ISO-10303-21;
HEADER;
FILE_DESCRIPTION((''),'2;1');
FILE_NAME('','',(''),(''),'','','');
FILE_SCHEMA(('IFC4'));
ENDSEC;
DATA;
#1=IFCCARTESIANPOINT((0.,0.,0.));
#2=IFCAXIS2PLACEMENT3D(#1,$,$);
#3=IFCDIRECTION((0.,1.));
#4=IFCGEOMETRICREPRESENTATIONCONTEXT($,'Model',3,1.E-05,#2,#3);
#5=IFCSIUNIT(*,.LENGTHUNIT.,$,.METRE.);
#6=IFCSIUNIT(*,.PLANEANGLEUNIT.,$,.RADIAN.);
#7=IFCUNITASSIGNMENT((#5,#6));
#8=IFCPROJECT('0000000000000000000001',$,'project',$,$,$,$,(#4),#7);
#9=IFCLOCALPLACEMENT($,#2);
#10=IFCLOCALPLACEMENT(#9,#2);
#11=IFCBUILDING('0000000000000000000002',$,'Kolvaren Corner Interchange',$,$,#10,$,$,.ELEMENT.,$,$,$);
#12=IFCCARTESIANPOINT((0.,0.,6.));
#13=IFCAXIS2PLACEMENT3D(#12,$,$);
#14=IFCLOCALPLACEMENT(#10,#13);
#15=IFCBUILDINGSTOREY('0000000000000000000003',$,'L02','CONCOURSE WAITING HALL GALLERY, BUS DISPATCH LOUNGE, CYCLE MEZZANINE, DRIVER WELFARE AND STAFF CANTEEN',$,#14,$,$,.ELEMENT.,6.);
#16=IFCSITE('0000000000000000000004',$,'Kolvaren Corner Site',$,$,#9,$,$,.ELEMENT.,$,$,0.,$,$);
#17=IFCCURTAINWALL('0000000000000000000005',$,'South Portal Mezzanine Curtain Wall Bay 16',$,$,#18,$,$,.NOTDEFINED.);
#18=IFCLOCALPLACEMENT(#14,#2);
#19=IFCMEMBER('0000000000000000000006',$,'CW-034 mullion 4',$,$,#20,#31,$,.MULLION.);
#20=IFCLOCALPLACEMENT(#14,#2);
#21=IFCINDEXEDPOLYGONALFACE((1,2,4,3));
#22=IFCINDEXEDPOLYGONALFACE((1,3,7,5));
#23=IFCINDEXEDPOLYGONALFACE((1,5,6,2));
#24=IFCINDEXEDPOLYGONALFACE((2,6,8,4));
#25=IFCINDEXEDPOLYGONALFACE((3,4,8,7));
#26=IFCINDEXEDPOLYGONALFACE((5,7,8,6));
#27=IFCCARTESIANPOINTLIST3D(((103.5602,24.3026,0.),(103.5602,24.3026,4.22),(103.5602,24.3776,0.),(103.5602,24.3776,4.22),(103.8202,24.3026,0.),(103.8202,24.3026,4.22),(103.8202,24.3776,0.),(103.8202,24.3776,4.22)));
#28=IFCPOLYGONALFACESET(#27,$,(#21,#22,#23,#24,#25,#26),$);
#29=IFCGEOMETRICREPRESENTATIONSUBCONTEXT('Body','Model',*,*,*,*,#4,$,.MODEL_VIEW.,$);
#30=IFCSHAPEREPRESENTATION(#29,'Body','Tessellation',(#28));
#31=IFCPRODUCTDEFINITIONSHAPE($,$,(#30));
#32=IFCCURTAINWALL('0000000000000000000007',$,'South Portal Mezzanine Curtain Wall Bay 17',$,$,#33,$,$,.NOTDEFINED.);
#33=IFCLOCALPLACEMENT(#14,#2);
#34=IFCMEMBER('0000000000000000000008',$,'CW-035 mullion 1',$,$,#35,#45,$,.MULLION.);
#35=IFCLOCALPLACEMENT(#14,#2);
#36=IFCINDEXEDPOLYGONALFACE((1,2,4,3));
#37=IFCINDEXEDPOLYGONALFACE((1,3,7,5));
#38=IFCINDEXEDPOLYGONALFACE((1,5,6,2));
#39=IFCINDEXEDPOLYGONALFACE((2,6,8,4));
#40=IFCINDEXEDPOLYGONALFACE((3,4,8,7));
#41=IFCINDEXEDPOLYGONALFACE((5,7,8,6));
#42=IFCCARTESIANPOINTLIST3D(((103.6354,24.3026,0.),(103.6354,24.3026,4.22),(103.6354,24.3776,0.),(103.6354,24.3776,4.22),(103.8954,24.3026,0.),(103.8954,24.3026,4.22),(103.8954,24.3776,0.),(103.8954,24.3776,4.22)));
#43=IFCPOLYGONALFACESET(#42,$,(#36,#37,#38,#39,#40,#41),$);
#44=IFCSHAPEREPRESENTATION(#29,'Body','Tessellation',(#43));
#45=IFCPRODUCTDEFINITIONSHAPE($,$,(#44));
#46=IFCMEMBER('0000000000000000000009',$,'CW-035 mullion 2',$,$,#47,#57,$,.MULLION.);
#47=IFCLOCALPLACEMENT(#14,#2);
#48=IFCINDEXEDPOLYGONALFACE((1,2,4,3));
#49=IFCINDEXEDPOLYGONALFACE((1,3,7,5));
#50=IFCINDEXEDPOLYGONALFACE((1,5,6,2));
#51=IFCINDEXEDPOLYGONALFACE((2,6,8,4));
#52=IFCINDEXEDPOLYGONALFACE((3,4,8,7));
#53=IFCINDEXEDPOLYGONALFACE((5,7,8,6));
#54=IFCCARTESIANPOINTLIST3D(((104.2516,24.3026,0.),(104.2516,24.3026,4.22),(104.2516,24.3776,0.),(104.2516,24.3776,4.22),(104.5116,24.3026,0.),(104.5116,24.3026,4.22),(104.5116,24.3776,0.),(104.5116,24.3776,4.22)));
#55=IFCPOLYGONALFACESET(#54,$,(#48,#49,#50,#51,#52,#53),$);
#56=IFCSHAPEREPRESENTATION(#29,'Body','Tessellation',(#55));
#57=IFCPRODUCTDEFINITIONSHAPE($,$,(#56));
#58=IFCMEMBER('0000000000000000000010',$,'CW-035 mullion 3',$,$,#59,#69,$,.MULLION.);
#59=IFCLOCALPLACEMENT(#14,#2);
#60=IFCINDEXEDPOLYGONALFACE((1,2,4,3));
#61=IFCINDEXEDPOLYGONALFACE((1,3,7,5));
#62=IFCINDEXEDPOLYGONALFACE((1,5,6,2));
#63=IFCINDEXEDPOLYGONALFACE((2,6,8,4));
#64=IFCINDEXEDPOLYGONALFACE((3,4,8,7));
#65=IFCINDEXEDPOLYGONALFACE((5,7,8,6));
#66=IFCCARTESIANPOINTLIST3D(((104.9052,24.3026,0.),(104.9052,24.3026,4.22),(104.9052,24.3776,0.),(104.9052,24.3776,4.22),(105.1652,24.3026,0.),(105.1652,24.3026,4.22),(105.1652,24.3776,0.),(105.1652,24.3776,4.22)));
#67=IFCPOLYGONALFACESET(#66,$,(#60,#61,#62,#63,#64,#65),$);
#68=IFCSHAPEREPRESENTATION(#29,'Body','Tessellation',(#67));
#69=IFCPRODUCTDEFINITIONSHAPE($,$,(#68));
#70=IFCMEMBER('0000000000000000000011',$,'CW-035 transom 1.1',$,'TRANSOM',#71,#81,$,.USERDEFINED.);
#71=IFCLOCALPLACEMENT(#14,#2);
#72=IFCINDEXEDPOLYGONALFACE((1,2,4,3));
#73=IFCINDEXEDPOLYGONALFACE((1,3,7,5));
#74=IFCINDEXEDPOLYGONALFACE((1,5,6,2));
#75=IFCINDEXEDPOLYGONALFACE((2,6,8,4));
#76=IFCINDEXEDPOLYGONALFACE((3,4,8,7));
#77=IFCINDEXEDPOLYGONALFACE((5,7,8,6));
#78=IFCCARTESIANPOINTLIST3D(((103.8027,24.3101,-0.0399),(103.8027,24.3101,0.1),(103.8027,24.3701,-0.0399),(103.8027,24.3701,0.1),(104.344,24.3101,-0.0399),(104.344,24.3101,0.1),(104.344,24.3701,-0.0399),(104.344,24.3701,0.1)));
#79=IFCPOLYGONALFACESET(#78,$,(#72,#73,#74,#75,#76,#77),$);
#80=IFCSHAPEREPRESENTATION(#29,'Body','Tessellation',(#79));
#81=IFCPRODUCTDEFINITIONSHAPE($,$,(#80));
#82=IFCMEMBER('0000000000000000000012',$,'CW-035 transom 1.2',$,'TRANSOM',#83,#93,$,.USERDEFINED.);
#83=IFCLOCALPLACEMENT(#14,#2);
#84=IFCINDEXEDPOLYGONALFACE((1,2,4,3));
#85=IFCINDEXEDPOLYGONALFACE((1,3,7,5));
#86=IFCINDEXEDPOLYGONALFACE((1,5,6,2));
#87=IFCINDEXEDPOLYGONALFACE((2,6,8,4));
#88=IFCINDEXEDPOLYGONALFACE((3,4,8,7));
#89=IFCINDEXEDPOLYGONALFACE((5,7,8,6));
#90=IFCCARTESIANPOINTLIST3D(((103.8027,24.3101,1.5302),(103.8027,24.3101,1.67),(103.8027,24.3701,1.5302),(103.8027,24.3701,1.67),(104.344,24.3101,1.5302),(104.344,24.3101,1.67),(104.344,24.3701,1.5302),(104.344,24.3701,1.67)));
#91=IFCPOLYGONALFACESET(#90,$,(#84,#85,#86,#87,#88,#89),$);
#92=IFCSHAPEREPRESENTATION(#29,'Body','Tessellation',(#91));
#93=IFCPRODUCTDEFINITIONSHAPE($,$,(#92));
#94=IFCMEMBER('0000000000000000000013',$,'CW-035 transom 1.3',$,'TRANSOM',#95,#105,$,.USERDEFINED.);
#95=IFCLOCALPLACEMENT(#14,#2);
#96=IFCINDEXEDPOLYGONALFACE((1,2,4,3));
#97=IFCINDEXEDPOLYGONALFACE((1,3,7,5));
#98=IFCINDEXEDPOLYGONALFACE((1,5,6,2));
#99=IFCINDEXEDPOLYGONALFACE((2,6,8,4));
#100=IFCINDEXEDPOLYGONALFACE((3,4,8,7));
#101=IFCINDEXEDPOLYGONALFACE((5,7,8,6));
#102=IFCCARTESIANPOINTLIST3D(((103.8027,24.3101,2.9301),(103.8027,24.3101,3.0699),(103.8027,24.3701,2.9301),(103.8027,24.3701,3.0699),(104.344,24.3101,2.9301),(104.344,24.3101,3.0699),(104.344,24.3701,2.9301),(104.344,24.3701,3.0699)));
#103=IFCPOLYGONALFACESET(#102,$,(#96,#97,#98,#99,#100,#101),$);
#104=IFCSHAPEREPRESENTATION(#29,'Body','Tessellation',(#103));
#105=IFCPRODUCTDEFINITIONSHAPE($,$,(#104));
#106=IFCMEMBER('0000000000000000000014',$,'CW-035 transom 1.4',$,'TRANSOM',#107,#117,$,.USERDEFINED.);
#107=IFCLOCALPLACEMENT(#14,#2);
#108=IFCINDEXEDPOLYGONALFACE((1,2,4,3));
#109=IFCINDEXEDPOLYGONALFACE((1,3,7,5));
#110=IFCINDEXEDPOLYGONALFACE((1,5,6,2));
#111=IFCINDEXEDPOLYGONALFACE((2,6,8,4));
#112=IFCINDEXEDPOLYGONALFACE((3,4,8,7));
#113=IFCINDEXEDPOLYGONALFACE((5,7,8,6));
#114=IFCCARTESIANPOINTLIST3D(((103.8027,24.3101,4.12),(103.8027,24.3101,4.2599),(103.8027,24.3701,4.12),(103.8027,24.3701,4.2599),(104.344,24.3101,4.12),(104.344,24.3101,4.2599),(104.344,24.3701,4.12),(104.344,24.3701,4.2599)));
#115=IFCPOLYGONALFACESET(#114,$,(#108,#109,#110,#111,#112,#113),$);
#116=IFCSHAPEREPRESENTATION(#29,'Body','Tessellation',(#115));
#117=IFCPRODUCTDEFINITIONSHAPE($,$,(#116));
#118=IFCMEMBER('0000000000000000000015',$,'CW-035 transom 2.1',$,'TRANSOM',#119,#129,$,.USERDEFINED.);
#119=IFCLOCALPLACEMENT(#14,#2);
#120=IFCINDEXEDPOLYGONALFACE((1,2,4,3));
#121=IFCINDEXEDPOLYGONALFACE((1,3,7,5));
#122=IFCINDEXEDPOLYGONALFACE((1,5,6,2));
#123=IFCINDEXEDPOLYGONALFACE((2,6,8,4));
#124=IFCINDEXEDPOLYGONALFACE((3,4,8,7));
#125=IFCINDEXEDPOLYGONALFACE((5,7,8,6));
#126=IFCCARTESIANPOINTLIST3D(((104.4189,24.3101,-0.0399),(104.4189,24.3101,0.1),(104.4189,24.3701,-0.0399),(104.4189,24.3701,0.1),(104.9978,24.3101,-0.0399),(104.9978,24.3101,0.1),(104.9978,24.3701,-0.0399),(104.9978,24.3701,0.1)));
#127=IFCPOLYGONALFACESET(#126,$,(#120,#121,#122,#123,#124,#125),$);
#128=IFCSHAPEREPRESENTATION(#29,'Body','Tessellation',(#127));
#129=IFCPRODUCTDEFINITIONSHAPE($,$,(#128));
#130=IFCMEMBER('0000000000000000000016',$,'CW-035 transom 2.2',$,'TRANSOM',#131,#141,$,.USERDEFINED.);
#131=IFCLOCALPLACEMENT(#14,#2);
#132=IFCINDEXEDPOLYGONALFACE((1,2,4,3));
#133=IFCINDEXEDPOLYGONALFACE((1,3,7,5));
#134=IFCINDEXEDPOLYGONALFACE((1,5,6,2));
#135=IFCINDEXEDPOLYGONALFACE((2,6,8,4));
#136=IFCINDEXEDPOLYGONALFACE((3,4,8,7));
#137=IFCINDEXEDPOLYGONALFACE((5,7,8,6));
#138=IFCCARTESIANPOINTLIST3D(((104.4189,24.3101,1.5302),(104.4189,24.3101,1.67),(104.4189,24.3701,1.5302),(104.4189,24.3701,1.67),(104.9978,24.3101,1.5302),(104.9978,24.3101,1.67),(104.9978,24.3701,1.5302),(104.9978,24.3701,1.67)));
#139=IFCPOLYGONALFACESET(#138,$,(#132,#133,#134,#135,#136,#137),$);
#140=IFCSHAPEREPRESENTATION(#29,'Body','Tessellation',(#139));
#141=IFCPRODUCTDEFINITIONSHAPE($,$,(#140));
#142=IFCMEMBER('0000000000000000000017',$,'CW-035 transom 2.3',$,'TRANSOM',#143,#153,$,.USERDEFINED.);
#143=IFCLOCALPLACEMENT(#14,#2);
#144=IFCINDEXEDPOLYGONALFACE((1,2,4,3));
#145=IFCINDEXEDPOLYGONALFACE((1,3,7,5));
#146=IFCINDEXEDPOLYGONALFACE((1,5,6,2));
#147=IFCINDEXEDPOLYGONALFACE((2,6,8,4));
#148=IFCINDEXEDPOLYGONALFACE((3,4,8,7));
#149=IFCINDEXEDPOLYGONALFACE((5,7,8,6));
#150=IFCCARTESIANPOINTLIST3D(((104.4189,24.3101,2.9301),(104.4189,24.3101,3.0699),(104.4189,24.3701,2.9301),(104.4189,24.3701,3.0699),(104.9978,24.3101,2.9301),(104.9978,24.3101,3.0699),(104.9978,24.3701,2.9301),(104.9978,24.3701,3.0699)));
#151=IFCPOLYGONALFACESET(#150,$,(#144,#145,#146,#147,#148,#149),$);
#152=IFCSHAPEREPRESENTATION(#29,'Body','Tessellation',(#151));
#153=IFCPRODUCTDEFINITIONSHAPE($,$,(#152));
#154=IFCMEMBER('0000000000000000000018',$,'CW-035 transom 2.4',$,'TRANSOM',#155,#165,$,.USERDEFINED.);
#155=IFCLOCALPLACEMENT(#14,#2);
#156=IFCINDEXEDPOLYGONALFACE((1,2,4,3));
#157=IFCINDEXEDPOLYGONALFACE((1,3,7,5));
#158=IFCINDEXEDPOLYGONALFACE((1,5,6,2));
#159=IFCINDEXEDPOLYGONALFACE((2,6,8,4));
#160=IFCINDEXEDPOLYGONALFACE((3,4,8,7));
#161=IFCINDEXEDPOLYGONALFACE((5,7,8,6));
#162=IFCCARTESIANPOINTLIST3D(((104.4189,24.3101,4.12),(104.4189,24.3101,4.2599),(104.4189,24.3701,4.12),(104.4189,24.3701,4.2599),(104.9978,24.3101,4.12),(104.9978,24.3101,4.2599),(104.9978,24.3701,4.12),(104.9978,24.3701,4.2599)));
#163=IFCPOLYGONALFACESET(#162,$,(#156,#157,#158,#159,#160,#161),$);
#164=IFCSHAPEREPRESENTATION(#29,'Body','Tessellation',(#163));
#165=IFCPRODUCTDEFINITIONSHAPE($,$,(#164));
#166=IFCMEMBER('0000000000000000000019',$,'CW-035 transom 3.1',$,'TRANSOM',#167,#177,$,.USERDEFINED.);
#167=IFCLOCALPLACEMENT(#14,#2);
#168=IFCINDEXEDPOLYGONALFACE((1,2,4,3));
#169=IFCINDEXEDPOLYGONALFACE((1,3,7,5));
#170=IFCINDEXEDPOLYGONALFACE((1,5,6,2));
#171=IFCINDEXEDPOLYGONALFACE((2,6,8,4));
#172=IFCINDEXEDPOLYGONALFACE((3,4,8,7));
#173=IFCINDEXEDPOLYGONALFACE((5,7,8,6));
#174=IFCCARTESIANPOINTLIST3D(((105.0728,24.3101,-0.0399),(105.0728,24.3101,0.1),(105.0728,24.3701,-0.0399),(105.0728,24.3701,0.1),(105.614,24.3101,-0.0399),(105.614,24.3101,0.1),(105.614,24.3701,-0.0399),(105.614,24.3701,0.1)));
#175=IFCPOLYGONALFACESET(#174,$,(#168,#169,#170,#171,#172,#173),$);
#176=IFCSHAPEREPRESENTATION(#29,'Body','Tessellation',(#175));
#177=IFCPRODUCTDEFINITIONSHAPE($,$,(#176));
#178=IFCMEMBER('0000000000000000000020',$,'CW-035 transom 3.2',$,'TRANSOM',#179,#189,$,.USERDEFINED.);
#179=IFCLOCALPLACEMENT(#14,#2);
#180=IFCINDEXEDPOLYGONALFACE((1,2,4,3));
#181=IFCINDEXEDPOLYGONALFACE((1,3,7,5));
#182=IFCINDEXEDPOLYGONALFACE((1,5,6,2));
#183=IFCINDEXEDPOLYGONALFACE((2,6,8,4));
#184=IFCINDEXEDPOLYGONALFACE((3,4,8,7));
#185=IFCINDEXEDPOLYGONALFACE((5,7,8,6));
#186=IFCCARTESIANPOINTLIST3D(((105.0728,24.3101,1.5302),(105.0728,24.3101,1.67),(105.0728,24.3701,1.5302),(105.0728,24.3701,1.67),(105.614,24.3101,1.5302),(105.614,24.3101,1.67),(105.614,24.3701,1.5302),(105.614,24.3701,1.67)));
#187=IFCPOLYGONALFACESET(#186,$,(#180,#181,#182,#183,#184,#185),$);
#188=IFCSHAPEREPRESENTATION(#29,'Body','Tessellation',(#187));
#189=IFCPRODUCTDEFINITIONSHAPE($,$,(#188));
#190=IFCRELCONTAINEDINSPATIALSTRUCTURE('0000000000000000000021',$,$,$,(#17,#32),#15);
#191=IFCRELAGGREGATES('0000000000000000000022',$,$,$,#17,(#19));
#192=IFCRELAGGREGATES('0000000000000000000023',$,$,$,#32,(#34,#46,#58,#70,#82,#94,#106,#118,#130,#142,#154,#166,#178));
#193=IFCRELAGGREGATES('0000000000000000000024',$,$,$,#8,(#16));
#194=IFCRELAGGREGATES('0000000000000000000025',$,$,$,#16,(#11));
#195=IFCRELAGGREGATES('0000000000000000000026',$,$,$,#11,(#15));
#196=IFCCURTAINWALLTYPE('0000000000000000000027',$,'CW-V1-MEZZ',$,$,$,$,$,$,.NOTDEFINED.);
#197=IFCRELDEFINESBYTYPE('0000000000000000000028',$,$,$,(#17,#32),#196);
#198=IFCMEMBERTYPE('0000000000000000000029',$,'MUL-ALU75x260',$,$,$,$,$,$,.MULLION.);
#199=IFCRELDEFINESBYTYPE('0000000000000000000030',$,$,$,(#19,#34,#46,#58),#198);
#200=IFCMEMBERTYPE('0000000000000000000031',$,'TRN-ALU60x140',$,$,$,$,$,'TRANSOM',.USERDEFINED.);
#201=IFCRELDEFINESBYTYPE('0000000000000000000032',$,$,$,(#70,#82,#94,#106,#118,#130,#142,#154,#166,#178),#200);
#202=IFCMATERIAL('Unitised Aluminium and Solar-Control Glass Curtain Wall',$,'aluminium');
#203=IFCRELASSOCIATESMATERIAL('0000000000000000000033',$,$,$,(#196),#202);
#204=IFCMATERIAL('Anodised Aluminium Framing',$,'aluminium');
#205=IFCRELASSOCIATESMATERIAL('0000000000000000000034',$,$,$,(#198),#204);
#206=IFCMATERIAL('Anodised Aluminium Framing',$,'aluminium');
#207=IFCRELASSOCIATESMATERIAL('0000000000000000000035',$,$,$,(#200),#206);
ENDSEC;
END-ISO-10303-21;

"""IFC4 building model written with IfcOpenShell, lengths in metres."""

from ifc_helpers import new_model, si_unit, direction, frame, origin, origin_2d, place, context, subcontext, project, spatial, rectangle, extrude, material, material_profile, profile_set, type_object, element, aggregate, save


model = new_model("IFC4")

# Units and contexts
model_context = context("Model", 3, precision=1e-05, world=origin(), true_north=direction((0.0, 1.0)))
body_context = subcontext(model_context, "Body", "Model", "MODEL_VIEW")
ifc_project = project(units=[si_unit("LENGTHUNIT", "METRE"), si_unit("PLANEANGLEUNIT", "RADIAN")], contexts=[model_context])

# Site, building, storey
site_placement = place(None, origin())
site = spatial("IfcSite", under=ifc_project, at=site_placement, Name="Kolvaren Corner Site", CompositionType="ELEMENT", RefElevation=0.0)
building_placement = place(site_placement, origin())
building = spatial("IfcBuilding", under=site, at=building_placement, Name="Kolvaren Corner Interchange", CompositionType="ELEMENT")
storey_placement = place(building_placement, frame((0.0, 0.0, 6.0)))
storey = spatial("IfcBuildingStorey", under=building, at=storey_placement, Name="L02", Description="CONCOURSE WAITING HALL GALLERY, BUS DISPATCH LOUNGE, CYCLE MEZZANINE, DRIVER WELFARE AND STAFF CANTEEN", CompositionType="ELEMENT", Elevation=6.0)

# Curtain wall, member
ifc_material_1 = material(Name="Unitised Aluminium and Solar-Control Glass Curtain Wall", Category="aluminium")
curtain_wall_type = type_object("IfcCurtainWallType", Name="CW-V1-MEZZ", PredefinedType="NOTDEFINED", material=ifc_material_1)
curtain_wall_1_placement = place(storey_placement, origin())
curtain_wall_1 = element("IfcCurtainWall", 1, at=curtain_wall_1_placement, inside=storey, type_object=curtain_wall_type, Name="South Portal Mezzanine Curtain Wall Bay 16", PredefinedType="NOTDEFINED")
ifc_material_2 = material(Name="Anodised Aluminium Framing", Category="aluminium")
ifc_material_profile_1 = material_profile(ifc_material_2, rectangle(XDim=0.075, YDim=0.26, at=origin_2d()), Name="ALU 75x260")
ifc_profile_set_1 = profile_set([ifc_material_profile_1], Name="Anodised Aluminium Framing")
member_type_1 = type_object("IfcMemberType", Name="MUL-ALU75x260", PredefinedType="MULLION", material=ifc_profile_set_1)
member_1_placement = place(storey_placement, frame((103.6902, 24.3401, 0.0), z_axis=(0.0, 0.0, 1.0), x_axis=(0.0, 1.0, 0.0)))
member_1 = element("IfcMember", 2, at=member_1_placement, type_object=member_type_1, Name="CW-034 mullion 4", PredefinedType="MULLION", context=body_context, shape_type="SweptSolid", body=[
    extrude(rectangle(XDim=0.075, YDim=0.26, at=origin_2d()), origin(), (0.0, 0.0, 1.0), 4.22),
])

# Curtain wall, members
curtain_wall_2_placement = place(storey_placement, origin())
curtain_wall_2 = element("IfcCurtainWall", 3, at=curtain_wall_2_placement, inside=storey, type_object=curtain_wall_type, Name="South Portal Mezzanine Curtain Wall Bay 17", PredefinedType="NOTDEFINED")
member_2_placement = place(storey_placement, frame((103.7654, 24.3401, 0.0), z_axis=(0.0, 0.0, 1.0), x_axis=(0.0, 1.0, 0.0)))
member_2 = element("IfcMember", 4, at=member_2_placement, type_object=member_type_1, Name="CW-035 mullion 1", PredefinedType="MULLION", context=body_context, shape_type="SweptSolid", body=[
    extrude(rectangle(XDim=0.075, YDim=0.26, at=origin_2d()), origin(), (0.0, 0.0, 1.0), 4.22),
])
member_3_placement = place(storey_placement, frame((104.3816, 24.3401, 0.0), z_axis=(0.0, 0.0, 1.0), x_axis=(0.0, 1.0, 0.0)))
member_3 = element("IfcMember", 5, at=member_3_placement, type_object=member_type_1, Name="CW-035 mullion 2", PredefinedType="MULLION", context=body_context, shape_type="SweptSolid", body=[
    extrude(rectangle(XDim=0.075, YDim=0.26, at=origin_2d()), origin(), (0.0, 0.0, 1.0), 4.22),
])
member_4_placement = place(storey_placement, frame((105.0352, 24.3401, 0.0), z_axis=(0.0, 0.0, 1.0), x_axis=(0.0, 1.0, 0.0)))
member_4 = element("IfcMember", 6, at=member_4_placement, type_object=member_type_1, Name="CW-035 mullion 3", PredefinedType="MULLION", context=body_context, shape_type="SweptSolid", body=[
    extrude(rectangle(XDim=0.075, YDim=0.26, at=origin_2d()), origin(), (0.0, 0.0, 1.0), 4.22),
])
ifc_material_3 = material(Name="Anodised Aluminium Framing", Category="aluminium")
ifc_material_profile_2 = material_profile(ifc_material_3, rectangle(XDim=0.0601, YDim=0.1399, at=origin_2d()), Name="ALU 60x140")
ifc_profile_set_2 = profile_set([ifc_material_profile_2], Name="Anodised Aluminium Framing")
member_type_2 = type_object("IfcMemberType", Name="TRN-ALU60x140", ElementType="TRANSOM", PredefinedType="USERDEFINED", material=ifc_profile_set_2)
member_5_placement = place(storey_placement, frame((103.8027, 24.3401, 0.03), z_axis=(1.0, 0.0, 0.0), x_axis=(0.0, 1.0, 0.0)))
member_5 = element("IfcMember", 7, at=member_5_placement, type_object=member_type_2, Name="CW-035 transom 1.1", ObjectType="TRANSOM", PredefinedType="USERDEFINED", context=body_context, shape_type="SweptSolid", body=[
    extrude(rectangle(XDim=0.0601, YDim=0.1399, at=origin_2d()), origin(), (0.0, 0.0, 1.0), 0.5413),
])
member_6_placement = place(storey_placement, frame((103.8027, 24.3401, 1.6001), z_axis=(1.0, 0.0, 0.0), x_axis=(0.0, 1.0, 0.0)))
member_6 = element("IfcMember", 8, at=member_6_placement, type_object=member_type_2, Name="CW-035 transom 1.2", ObjectType="TRANSOM", PredefinedType="USERDEFINED", context=body_context, shape_type="SweptSolid", body=[
    extrude(rectangle(XDim=0.0601, YDim=0.1399, at=origin_2d()), origin(), (0.0, 0.0, 1.0), 0.5413),
])
member_7_placement = place(storey_placement, frame((103.8027, 24.3401, 3.0), z_axis=(1.0, 0.0, 0.0), x_axis=(0.0, 1.0, 0.0)))
member_7 = element("IfcMember", 9, at=member_7_placement, type_object=member_type_2, Name="CW-035 transom 1.3", ObjectType="TRANSOM", PredefinedType="USERDEFINED", context=body_context, shape_type="SweptSolid", body=[
    extrude(rectangle(XDim=0.0601, YDim=0.1399, at=origin_2d()), origin(), (0.0, 0.0, 1.0), 0.5413),
])
member_8_placement = place(storey_placement, frame((103.8027, 24.3401, 4.1899), z_axis=(1.0, 0.0, 0.0), x_axis=(0.0, 1.0, 0.0)))
member_8 = element("IfcMember", 10, at=member_8_placement, type_object=member_type_2, Name="CW-035 transom 1.4", ObjectType="TRANSOM", PredefinedType="USERDEFINED", context=body_context, shape_type="SweptSolid", body=[
    extrude(rectangle(XDim=0.0601, YDim=0.1399, at=origin_2d()), origin(), (0.0, 0.0, 1.0), 0.5413),
])
member_9_placement = place(storey_placement, frame((104.4189, 24.3401, 0.03), z_axis=(1.0, 0.0, 0.0), x_axis=(0.0, 1.0, 0.0)))
member_9 = element("IfcMember", 11, at=member_9_placement, type_object=member_type_2, Name="CW-035 transom 2.1", ObjectType="TRANSOM", PredefinedType="USERDEFINED", context=body_context, shape_type="SweptSolid", body=[
    extrude(rectangle(XDim=0.0601, YDim=0.1399, at=origin_2d()), origin(), (0.0, 0.0, 1.0), 0.5789),
])
member_10_placement = place(storey_placement, frame((104.4189, 24.3401, 1.6001), z_axis=(1.0, 0.0, 0.0), x_axis=(0.0, 1.0, 0.0)))
member_10 = element("IfcMember", 12, at=member_10_placement, type_object=member_type_2, Name="CW-035 transom 2.2", ObjectType="TRANSOM", PredefinedType="USERDEFINED", context=body_context, shape_type="SweptSolid", body=[
    extrude(rectangle(XDim=0.0601, YDim=0.1399, at=origin_2d()), origin(), (0.0, 0.0, 1.0), 0.5789),
])
member_11_placement = place(storey_placement, frame((104.4189, 24.3401, 3.0), z_axis=(1.0, 0.0, 0.0), x_axis=(0.0, 1.0, 0.0)))
member_11 = element("IfcMember", 13, at=member_11_placement, type_object=member_type_2, Name="CW-035 transom 2.3", ObjectType="TRANSOM", PredefinedType="USERDEFINED", context=body_context, shape_type="SweptSolid", body=[
    extrude(rectangle(XDim=0.0601, YDim=0.1399, at=origin_2d()), origin(), (0.0, 0.0, 1.0), 0.5789),
])
member_12_placement = place(storey_placement, frame((104.4189, 24.3401, 4.1899), z_axis=(1.0, 0.0, 0.0), x_axis=(0.0, 1.0, 0.0)))
member_12 = element("IfcMember", 14, at=member_12_placement, type_object=member_type_2, Name="CW-035 transom 2.4", ObjectType="TRANSOM", PredefinedType="USERDEFINED", context=body_context, shape_type="SweptSolid", body=[
    extrude(rectangle(XDim=0.0601, YDim=0.1399, at=origin_2d()), origin(), (0.0, 0.0, 1.0), 0.5789),
])
member_13_placement = place(storey_placement, frame((105.0728, 24.3401, 0.03), z_axis=(1.0, 0.0, 0.0), x_axis=(0.0, 1.0, 0.0)))
member_13 = element("IfcMember", 15, at=member_13_placement, type_object=member_type_2, Name="CW-035 transom 3.1", ObjectType="TRANSOM", PredefinedType="USERDEFINED", context=body_context, shape_type="SweptSolid", body=[
    extrude(rectangle(XDim=0.0601, YDim=0.1399, at=origin_2d()), origin(), (0.0, 0.0, 1.0), 0.5413),
])
member_14_placement = place(storey_placement, frame((105.0728, 24.3401, 1.6001), z_axis=(1.0, 0.0, 0.0), x_axis=(0.0, 1.0, 0.0)))
member_14 = element("IfcMember", 16, at=member_14_placement, type_object=member_type_2, Name="CW-035 transom 3.2", ObjectType="TRANSOM", PredefinedType="USERDEFINED", context=body_context, shape_type="SweptSolid", body=[
    extrude(rectangle(XDim=0.0601, YDim=0.1399, at=origin_2d()), origin(), (0.0, 0.0, 1.0), 0.5413),
])

aggregate(curtain_wall_1, [member_1])
aggregate(curtain_wall_2, [member_2, member_3, member_4, member_5, member_6, member_7, member_8, member_9, member_10, member_11, member_12, member_13, member_14])

save(model, "model.ifc")
